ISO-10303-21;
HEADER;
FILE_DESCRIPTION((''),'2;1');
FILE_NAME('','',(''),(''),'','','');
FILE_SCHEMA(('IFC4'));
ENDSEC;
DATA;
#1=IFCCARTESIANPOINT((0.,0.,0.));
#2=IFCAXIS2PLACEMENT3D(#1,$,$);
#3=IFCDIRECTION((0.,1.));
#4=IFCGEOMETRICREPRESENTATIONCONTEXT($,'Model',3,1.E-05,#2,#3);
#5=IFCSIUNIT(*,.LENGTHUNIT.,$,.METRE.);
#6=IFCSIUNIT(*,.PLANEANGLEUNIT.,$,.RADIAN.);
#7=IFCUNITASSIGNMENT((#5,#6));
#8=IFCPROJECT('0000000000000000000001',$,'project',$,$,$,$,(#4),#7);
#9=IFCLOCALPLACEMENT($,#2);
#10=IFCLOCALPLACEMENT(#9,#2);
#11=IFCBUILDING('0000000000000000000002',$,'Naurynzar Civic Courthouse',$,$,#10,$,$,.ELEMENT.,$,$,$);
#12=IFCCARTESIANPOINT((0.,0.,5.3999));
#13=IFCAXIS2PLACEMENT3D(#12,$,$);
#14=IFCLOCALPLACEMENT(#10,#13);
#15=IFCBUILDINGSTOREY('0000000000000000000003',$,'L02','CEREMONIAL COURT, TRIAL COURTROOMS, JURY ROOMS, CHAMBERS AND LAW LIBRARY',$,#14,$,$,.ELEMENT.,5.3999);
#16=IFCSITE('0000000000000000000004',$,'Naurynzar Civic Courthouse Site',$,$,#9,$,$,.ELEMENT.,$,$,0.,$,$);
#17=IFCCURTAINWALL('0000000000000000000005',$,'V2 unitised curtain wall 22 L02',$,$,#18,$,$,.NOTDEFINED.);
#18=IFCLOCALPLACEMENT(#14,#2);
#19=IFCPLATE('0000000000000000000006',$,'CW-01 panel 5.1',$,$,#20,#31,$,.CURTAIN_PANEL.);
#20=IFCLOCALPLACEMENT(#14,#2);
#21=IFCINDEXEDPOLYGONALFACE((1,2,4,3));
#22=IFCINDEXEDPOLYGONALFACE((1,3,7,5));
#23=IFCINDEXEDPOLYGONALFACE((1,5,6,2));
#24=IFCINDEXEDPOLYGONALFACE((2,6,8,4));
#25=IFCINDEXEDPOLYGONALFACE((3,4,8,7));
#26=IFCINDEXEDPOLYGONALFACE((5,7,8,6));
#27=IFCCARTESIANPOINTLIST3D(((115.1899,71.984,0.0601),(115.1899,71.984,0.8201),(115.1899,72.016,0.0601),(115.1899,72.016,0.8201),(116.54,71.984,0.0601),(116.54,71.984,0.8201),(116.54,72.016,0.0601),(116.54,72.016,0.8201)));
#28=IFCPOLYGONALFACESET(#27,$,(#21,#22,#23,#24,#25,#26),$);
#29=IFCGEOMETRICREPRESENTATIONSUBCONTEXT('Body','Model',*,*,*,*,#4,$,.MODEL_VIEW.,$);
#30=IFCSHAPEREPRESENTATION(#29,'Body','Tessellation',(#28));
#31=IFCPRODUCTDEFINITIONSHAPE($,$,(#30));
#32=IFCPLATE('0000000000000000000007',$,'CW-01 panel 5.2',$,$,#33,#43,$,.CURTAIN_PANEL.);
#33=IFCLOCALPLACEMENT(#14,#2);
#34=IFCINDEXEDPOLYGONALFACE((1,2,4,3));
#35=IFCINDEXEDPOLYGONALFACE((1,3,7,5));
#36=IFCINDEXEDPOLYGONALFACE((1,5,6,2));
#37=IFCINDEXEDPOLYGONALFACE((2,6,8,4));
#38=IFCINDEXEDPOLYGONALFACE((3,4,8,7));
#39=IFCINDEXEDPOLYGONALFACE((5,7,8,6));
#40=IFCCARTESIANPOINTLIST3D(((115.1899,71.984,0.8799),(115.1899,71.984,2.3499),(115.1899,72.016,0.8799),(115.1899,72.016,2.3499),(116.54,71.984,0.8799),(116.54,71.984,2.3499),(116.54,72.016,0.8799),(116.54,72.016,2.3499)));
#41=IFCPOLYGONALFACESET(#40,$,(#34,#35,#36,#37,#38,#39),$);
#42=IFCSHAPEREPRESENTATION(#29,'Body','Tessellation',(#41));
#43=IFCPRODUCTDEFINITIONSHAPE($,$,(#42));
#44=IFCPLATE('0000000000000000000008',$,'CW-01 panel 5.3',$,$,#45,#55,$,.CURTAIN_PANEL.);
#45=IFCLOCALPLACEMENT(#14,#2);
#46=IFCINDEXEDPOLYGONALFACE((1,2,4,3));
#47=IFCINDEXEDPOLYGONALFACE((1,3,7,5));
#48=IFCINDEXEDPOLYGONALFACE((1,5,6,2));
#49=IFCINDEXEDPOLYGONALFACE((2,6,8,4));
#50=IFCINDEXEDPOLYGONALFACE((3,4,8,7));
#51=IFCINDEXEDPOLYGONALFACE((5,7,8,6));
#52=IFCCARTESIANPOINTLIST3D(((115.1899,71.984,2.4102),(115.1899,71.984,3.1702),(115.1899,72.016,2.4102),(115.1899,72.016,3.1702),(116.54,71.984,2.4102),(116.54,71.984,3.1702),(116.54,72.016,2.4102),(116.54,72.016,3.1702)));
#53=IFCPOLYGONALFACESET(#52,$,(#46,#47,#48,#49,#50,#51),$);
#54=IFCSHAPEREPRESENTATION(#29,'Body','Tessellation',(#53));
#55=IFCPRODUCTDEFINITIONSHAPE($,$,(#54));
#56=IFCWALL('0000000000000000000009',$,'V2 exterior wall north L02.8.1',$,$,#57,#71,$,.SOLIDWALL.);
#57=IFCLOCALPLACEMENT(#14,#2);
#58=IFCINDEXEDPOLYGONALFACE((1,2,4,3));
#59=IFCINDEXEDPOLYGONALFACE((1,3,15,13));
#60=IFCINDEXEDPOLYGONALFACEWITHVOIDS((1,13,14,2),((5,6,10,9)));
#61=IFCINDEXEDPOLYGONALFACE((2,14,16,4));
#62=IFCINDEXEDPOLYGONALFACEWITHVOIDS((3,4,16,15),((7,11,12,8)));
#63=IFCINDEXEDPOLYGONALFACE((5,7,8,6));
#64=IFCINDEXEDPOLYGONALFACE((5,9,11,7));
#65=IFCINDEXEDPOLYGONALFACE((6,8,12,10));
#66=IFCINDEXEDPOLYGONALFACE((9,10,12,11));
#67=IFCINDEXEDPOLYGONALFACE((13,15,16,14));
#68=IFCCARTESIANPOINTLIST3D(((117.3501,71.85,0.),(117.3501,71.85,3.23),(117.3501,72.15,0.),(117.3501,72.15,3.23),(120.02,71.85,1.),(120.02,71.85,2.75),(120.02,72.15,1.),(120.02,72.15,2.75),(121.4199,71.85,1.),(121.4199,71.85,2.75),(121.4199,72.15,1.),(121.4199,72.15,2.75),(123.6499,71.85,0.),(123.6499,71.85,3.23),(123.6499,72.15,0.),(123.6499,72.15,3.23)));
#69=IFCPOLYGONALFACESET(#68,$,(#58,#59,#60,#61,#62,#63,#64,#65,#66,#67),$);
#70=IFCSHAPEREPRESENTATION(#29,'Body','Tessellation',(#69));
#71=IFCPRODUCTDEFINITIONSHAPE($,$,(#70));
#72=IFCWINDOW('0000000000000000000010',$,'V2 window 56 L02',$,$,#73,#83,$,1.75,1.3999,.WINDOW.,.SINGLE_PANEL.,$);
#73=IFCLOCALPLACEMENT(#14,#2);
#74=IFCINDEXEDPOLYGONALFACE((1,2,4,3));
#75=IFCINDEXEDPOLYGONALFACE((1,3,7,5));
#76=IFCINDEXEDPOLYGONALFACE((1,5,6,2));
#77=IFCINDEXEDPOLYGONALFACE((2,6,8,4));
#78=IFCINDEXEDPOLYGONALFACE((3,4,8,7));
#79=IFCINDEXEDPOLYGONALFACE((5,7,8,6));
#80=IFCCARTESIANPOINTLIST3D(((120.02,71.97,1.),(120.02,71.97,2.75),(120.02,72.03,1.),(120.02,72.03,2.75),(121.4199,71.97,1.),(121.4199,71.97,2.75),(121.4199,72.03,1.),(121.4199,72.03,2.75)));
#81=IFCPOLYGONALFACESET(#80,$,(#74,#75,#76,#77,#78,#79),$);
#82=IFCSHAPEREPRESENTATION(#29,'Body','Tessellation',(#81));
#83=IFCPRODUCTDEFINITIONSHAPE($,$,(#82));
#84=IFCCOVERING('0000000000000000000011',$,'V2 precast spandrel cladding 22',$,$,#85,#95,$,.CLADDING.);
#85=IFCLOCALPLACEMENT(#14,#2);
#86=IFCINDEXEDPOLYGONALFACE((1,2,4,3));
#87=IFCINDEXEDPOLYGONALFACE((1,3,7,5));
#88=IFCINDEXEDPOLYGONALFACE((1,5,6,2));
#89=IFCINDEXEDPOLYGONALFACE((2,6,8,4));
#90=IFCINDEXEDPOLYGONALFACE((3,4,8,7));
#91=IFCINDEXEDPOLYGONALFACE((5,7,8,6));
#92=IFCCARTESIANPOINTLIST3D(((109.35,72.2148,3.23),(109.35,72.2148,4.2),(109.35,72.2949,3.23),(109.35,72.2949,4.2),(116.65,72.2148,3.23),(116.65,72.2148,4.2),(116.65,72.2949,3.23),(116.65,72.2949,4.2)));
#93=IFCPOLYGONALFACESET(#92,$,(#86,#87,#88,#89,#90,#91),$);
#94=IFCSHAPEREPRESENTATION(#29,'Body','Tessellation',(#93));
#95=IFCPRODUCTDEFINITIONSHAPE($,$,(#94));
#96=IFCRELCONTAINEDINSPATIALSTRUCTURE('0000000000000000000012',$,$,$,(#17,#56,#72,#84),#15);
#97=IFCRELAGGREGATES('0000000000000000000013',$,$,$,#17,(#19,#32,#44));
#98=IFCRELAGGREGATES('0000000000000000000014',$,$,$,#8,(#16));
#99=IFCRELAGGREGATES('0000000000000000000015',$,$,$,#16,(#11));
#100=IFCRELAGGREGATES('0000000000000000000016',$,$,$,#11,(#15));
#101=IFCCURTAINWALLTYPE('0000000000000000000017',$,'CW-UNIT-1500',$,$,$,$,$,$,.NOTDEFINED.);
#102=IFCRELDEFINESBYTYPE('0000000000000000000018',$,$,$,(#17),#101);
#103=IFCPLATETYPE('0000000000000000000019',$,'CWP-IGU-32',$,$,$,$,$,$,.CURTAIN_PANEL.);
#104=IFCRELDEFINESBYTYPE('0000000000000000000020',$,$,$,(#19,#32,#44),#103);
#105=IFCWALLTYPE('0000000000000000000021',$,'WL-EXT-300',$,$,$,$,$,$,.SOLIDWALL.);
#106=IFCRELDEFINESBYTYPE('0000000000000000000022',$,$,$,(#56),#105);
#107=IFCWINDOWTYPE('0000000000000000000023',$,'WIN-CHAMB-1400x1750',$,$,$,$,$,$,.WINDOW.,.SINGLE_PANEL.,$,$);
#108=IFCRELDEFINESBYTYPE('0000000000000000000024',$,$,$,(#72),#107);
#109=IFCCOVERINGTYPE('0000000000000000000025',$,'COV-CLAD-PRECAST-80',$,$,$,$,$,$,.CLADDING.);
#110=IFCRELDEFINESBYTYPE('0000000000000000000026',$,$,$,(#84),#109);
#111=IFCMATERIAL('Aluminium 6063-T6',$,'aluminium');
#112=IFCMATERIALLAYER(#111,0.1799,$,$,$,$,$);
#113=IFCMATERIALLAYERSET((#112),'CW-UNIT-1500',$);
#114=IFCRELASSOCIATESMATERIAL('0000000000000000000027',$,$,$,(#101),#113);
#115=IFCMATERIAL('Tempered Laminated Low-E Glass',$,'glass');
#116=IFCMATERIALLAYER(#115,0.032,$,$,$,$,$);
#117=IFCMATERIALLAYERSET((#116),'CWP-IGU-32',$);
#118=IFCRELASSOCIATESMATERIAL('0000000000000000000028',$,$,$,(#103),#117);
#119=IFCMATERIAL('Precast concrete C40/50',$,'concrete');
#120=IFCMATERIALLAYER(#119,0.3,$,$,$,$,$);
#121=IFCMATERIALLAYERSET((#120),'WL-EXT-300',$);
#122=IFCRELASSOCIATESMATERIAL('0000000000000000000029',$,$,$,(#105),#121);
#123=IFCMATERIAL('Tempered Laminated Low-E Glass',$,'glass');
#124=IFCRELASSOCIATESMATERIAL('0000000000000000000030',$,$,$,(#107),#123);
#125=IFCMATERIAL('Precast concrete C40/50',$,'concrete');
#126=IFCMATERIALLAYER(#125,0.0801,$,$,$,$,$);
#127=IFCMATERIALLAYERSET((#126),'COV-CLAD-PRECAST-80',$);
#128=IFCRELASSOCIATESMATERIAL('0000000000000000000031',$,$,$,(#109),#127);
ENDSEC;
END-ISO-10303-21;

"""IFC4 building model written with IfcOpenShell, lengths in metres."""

from ifc_helpers import new_model, si_unit, direction, frame, frame_2d, origin, origin_2d, place, context, subcontext, project, spatial, rectangle, extrude, material, layer, layer_set, type_object, element, fill, aggregate, save


model = new_model("IFC4")

# Units and contexts
model_context = context("Model", 3, precision=1e-05, world=origin(), true_north=direction((0.0, 1.0)))
body_context = subcontext(model_context, "Body", "Model", "MODEL_VIEW")
ifc_project = project(units=[si_unit("LENGTHUNIT", "METRE"), si_unit("PLANEANGLEUNIT", "RADIAN")], contexts=[model_context])

# Site, building, storey
site_placement = place(None, origin())
site = spatial("IfcSite", under=ifc_project, at=site_placement, Name="Naurynzar Civic Courthouse Site", CompositionType="ELEMENT", RefElevation=0.0)
building_placement = place(site_placement, origin())
building = spatial("IfcBuilding", under=site, at=building_placement, Name="Naurynzar Civic Courthouse", CompositionType="ELEMENT")
storey_placement = place(building_placement, frame((0.0, 0.0, 5.3999)))
storey = spatial("IfcBuildingStorey", under=building, at=storey_placement, Name="L02", Description="CEREMONIAL COURT, TRIAL COURTROOMS, JURY ROOMS, CHAMBERS AND LAW LIBRARY", CompositionType="ELEMENT", Elevation=5.3999)

# Curtain wall, plates
ifc_material_1 = material(Name="Aluminium 6063-T6", Category="aluminium")
ifc_layer_1 = layer(ifc_material_1, 0.1799)
ifc_layer_set_1 = layer_set([ifc_layer_1], Name="CW-UNIT-1500")
curtain_wall_type = type_object("IfcCurtainWallType", Name="CW-UNIT-1500", PredefinedType="NOTDEFINED", material=ifc_layer_set_1)
curtain_wall_placement = place(storey_placement, origin())
curtain_wall = element("IfcCurtainWall", 1, at=curtain_wall_placement, inside=storey, type_object=curtain_wall_type, Name="V2 unitised curtain wall 22 L02", PredefinedType="NOTDEFINED")
ifc_material_2 = material(Name="Tempered Laminated Low-E Glass", Category="glass")
ifc_layer_2 = layer(ifc_material_2, 0.032)
ifc_layer_set_2 = layer_set([ifc_layer_2], Name="CWP-IGU-32")
plate_type = type_object("IfcPlateType", Name="CWP-IGU-32", PredefinedType="CURTAIN_PANEL", material=ifc_layer_set_2)
plate_1_placement = place(storey_placement, frame((115.865, 72.0, 0.0601), z_axis=(0.0, 0.0, 1.0), x_axis=(1.0, 0.0, 0.0)))
plate_1 = element("IfcPlate", 2, at=plate_1_placement, type_object=plate_type, Name="CW-01 panel 5.1", PredefinedType="CURTAIN_PANEL", context=body_context, shape_type="SweptSolid", body=[
    extrude(rectangle(XDim=1.3501, YDim=0.032, at=origin_2d()), origin(), (0.0, 0.0, 1.0), 0.76),
])
plate_2_placement = place(storey_placement, frame((115.865, 72.0, 0.8799), z_axis=(0.0, 0.0, 1.0), x_axis=(1.0, 0.0, 0.0)))
plate_2 = element("IfcPlate", 3, at=plate_2_placement, type_object=plate_type, Name="CW-01 panel 5.2", PredefinedType="CURTAIN_PANEL", context=body_context, shape_type="SweptSolid", body=[
    extrude(rectangle(XDim=1.3501, YDim=0.032, at=origin_2d()), origin(), (0.0, 0.0, 1.0), 1.47),
])
plate_3_placement = place(storey_placement, frame((115.865, 72.0, 2.4102), z_axis=(0.0, 0.0, 1.0), x_axis=(1.0, 0.0, 0.0)))
plate_3 = element("IfcPlate", 4, at=plate_3_placement, type_object=plate_type, Name="CW-01 panel 5.3", PredefinedType="CURTAIN_PANEL", context=body_context, shape_type="SweptSolid", body=[
    extrude(rectangle(XDim=1.3501, YDim=0.032, at=origin_2d()), origin(), (0.0, 0.0, 1.0), 0.76),
])
aggregate(curtain_wall, [plate_1, plate_2, plate_3])

# Wall, opening, window
ifc_material_3 = material(Name="Precast concrete C40/50", Category="concrete")
ifc_layer_3 = layer(ifc_material_3, 0.3)
ifc_layer_set_3 = layer_set([ifc_layer_3], Name="WL-EXT-300")
wall_type = type_object("IfcWallType", Name="WL-EXT-300", PredefinedType="SOLIDWALL", material=ifc_layer_set_3)
wall_placement = place(storey_placement, frame((117.3501, 72.0, 0.0), z_axis=(0.0, 0.0, 1.0), x_axis=(1.0, 0.0, 0.0)))
wall = element("IfcWall", 5, at=wall_placement, inside=storey, type_object=wall_type, Name="V2 exterior wall north L02.8.1", PredefinedType="SOLIDWALL", context=body_context, shape_type="SweptSolid", body=[
    extrude(rectangle(XDim=6.2998, YDim=0.3, at=frame_2d((3.1499, 0.0))), origin(), (0.0, 0.0, 1.0), 3.23),
])
opening_placement = place(wall_placement, frame((2.6699, 0.0, 1.0)))
opening = element("IfcOpeningElement", 6, at=opening_placement, cuts=wall, PredefinedType="OPENING", context=body_context, shape_type="SweptSolid", body=[
    extrude(rectangle(XDim=1.3999, YDim=1.75, at=frame_2d((0.7, 0.875))), frame((0.0, 0.1599, 0.0), z_axis=(0.0, -1.0, 0.0), x_axis=(1.0, 0.0, 0.0)), (0.0, 0.0, 1.0), 0.3201),
])
ifc_material_4 = material(Name="Tempered Laminated Low-E Glass", Category="glass")
window_type = type_object("IfcWindowType", Name="WIN-CHAMB-1400x1750", PartitioningType="SINGLE_PANEL", PredefinedType="WINDOW", material=ifc_material_4)
window_placement = place(opening_placement, origin())
window = element("IfcWindow", 7, at=window_placement, inside=storey, type_object=window_type, Name="V2 window 56 L02", OverallHeight=1.75, OverallWidth=1.3999, PartitioningType="SINGLE_PANEL", PredefinedType="WINDOW", context=body_context, shape_type="SweptSolid", body=[
    extrude(rectangle(XDim=1.3999, YDim=1.75, at=frame_2d((0.7, 0.875))), frame((0.0, 0.03, 0.0), z_axis=(0.0, -1.0, 0.0), x_axis=(1.0, 0.0, 0.0)), (0.0, 0.0, 1.0), 0.0601),
])
fill(opening, window)

# Covering
ifc_material_5 = material(Name="Precast concrete C40/50", Category="concrete")
ifc_layer_4 = layer(ifc_material_5, 0.0801)
ifc_layer_set_4 = layer_set([ifc_layer_4], Name="COV-CLAD-PRECAST-80")
covering_type = type_object("IfcCoveringType", Name="COV-CLAD-PRECAST-80", PredefinedType="CLADDING", material=ifc_layer_set_4)
covering_placement = place(storey_placement, frame((113.0, 72.2549, 3.23), z_axis=(0.0, 0.0, 1.0), x_axis=(1.0, 0.0, 0.0)))
element("IfcCovering", 8, at=covering_placement, inside=storey, type_object=covering_type, Name="V2 precast spandrel cladding 22", PredefinedType="CLADDING", context=body_context, shape_type="SweptSolid", body=[
    extrude(rectangle(XDim=7.3, YDim=0.0801, at=origin_2d()), origin(), (0.0, 0.0, 1.0), 0.97),
])

save(model, "model.ifc")
